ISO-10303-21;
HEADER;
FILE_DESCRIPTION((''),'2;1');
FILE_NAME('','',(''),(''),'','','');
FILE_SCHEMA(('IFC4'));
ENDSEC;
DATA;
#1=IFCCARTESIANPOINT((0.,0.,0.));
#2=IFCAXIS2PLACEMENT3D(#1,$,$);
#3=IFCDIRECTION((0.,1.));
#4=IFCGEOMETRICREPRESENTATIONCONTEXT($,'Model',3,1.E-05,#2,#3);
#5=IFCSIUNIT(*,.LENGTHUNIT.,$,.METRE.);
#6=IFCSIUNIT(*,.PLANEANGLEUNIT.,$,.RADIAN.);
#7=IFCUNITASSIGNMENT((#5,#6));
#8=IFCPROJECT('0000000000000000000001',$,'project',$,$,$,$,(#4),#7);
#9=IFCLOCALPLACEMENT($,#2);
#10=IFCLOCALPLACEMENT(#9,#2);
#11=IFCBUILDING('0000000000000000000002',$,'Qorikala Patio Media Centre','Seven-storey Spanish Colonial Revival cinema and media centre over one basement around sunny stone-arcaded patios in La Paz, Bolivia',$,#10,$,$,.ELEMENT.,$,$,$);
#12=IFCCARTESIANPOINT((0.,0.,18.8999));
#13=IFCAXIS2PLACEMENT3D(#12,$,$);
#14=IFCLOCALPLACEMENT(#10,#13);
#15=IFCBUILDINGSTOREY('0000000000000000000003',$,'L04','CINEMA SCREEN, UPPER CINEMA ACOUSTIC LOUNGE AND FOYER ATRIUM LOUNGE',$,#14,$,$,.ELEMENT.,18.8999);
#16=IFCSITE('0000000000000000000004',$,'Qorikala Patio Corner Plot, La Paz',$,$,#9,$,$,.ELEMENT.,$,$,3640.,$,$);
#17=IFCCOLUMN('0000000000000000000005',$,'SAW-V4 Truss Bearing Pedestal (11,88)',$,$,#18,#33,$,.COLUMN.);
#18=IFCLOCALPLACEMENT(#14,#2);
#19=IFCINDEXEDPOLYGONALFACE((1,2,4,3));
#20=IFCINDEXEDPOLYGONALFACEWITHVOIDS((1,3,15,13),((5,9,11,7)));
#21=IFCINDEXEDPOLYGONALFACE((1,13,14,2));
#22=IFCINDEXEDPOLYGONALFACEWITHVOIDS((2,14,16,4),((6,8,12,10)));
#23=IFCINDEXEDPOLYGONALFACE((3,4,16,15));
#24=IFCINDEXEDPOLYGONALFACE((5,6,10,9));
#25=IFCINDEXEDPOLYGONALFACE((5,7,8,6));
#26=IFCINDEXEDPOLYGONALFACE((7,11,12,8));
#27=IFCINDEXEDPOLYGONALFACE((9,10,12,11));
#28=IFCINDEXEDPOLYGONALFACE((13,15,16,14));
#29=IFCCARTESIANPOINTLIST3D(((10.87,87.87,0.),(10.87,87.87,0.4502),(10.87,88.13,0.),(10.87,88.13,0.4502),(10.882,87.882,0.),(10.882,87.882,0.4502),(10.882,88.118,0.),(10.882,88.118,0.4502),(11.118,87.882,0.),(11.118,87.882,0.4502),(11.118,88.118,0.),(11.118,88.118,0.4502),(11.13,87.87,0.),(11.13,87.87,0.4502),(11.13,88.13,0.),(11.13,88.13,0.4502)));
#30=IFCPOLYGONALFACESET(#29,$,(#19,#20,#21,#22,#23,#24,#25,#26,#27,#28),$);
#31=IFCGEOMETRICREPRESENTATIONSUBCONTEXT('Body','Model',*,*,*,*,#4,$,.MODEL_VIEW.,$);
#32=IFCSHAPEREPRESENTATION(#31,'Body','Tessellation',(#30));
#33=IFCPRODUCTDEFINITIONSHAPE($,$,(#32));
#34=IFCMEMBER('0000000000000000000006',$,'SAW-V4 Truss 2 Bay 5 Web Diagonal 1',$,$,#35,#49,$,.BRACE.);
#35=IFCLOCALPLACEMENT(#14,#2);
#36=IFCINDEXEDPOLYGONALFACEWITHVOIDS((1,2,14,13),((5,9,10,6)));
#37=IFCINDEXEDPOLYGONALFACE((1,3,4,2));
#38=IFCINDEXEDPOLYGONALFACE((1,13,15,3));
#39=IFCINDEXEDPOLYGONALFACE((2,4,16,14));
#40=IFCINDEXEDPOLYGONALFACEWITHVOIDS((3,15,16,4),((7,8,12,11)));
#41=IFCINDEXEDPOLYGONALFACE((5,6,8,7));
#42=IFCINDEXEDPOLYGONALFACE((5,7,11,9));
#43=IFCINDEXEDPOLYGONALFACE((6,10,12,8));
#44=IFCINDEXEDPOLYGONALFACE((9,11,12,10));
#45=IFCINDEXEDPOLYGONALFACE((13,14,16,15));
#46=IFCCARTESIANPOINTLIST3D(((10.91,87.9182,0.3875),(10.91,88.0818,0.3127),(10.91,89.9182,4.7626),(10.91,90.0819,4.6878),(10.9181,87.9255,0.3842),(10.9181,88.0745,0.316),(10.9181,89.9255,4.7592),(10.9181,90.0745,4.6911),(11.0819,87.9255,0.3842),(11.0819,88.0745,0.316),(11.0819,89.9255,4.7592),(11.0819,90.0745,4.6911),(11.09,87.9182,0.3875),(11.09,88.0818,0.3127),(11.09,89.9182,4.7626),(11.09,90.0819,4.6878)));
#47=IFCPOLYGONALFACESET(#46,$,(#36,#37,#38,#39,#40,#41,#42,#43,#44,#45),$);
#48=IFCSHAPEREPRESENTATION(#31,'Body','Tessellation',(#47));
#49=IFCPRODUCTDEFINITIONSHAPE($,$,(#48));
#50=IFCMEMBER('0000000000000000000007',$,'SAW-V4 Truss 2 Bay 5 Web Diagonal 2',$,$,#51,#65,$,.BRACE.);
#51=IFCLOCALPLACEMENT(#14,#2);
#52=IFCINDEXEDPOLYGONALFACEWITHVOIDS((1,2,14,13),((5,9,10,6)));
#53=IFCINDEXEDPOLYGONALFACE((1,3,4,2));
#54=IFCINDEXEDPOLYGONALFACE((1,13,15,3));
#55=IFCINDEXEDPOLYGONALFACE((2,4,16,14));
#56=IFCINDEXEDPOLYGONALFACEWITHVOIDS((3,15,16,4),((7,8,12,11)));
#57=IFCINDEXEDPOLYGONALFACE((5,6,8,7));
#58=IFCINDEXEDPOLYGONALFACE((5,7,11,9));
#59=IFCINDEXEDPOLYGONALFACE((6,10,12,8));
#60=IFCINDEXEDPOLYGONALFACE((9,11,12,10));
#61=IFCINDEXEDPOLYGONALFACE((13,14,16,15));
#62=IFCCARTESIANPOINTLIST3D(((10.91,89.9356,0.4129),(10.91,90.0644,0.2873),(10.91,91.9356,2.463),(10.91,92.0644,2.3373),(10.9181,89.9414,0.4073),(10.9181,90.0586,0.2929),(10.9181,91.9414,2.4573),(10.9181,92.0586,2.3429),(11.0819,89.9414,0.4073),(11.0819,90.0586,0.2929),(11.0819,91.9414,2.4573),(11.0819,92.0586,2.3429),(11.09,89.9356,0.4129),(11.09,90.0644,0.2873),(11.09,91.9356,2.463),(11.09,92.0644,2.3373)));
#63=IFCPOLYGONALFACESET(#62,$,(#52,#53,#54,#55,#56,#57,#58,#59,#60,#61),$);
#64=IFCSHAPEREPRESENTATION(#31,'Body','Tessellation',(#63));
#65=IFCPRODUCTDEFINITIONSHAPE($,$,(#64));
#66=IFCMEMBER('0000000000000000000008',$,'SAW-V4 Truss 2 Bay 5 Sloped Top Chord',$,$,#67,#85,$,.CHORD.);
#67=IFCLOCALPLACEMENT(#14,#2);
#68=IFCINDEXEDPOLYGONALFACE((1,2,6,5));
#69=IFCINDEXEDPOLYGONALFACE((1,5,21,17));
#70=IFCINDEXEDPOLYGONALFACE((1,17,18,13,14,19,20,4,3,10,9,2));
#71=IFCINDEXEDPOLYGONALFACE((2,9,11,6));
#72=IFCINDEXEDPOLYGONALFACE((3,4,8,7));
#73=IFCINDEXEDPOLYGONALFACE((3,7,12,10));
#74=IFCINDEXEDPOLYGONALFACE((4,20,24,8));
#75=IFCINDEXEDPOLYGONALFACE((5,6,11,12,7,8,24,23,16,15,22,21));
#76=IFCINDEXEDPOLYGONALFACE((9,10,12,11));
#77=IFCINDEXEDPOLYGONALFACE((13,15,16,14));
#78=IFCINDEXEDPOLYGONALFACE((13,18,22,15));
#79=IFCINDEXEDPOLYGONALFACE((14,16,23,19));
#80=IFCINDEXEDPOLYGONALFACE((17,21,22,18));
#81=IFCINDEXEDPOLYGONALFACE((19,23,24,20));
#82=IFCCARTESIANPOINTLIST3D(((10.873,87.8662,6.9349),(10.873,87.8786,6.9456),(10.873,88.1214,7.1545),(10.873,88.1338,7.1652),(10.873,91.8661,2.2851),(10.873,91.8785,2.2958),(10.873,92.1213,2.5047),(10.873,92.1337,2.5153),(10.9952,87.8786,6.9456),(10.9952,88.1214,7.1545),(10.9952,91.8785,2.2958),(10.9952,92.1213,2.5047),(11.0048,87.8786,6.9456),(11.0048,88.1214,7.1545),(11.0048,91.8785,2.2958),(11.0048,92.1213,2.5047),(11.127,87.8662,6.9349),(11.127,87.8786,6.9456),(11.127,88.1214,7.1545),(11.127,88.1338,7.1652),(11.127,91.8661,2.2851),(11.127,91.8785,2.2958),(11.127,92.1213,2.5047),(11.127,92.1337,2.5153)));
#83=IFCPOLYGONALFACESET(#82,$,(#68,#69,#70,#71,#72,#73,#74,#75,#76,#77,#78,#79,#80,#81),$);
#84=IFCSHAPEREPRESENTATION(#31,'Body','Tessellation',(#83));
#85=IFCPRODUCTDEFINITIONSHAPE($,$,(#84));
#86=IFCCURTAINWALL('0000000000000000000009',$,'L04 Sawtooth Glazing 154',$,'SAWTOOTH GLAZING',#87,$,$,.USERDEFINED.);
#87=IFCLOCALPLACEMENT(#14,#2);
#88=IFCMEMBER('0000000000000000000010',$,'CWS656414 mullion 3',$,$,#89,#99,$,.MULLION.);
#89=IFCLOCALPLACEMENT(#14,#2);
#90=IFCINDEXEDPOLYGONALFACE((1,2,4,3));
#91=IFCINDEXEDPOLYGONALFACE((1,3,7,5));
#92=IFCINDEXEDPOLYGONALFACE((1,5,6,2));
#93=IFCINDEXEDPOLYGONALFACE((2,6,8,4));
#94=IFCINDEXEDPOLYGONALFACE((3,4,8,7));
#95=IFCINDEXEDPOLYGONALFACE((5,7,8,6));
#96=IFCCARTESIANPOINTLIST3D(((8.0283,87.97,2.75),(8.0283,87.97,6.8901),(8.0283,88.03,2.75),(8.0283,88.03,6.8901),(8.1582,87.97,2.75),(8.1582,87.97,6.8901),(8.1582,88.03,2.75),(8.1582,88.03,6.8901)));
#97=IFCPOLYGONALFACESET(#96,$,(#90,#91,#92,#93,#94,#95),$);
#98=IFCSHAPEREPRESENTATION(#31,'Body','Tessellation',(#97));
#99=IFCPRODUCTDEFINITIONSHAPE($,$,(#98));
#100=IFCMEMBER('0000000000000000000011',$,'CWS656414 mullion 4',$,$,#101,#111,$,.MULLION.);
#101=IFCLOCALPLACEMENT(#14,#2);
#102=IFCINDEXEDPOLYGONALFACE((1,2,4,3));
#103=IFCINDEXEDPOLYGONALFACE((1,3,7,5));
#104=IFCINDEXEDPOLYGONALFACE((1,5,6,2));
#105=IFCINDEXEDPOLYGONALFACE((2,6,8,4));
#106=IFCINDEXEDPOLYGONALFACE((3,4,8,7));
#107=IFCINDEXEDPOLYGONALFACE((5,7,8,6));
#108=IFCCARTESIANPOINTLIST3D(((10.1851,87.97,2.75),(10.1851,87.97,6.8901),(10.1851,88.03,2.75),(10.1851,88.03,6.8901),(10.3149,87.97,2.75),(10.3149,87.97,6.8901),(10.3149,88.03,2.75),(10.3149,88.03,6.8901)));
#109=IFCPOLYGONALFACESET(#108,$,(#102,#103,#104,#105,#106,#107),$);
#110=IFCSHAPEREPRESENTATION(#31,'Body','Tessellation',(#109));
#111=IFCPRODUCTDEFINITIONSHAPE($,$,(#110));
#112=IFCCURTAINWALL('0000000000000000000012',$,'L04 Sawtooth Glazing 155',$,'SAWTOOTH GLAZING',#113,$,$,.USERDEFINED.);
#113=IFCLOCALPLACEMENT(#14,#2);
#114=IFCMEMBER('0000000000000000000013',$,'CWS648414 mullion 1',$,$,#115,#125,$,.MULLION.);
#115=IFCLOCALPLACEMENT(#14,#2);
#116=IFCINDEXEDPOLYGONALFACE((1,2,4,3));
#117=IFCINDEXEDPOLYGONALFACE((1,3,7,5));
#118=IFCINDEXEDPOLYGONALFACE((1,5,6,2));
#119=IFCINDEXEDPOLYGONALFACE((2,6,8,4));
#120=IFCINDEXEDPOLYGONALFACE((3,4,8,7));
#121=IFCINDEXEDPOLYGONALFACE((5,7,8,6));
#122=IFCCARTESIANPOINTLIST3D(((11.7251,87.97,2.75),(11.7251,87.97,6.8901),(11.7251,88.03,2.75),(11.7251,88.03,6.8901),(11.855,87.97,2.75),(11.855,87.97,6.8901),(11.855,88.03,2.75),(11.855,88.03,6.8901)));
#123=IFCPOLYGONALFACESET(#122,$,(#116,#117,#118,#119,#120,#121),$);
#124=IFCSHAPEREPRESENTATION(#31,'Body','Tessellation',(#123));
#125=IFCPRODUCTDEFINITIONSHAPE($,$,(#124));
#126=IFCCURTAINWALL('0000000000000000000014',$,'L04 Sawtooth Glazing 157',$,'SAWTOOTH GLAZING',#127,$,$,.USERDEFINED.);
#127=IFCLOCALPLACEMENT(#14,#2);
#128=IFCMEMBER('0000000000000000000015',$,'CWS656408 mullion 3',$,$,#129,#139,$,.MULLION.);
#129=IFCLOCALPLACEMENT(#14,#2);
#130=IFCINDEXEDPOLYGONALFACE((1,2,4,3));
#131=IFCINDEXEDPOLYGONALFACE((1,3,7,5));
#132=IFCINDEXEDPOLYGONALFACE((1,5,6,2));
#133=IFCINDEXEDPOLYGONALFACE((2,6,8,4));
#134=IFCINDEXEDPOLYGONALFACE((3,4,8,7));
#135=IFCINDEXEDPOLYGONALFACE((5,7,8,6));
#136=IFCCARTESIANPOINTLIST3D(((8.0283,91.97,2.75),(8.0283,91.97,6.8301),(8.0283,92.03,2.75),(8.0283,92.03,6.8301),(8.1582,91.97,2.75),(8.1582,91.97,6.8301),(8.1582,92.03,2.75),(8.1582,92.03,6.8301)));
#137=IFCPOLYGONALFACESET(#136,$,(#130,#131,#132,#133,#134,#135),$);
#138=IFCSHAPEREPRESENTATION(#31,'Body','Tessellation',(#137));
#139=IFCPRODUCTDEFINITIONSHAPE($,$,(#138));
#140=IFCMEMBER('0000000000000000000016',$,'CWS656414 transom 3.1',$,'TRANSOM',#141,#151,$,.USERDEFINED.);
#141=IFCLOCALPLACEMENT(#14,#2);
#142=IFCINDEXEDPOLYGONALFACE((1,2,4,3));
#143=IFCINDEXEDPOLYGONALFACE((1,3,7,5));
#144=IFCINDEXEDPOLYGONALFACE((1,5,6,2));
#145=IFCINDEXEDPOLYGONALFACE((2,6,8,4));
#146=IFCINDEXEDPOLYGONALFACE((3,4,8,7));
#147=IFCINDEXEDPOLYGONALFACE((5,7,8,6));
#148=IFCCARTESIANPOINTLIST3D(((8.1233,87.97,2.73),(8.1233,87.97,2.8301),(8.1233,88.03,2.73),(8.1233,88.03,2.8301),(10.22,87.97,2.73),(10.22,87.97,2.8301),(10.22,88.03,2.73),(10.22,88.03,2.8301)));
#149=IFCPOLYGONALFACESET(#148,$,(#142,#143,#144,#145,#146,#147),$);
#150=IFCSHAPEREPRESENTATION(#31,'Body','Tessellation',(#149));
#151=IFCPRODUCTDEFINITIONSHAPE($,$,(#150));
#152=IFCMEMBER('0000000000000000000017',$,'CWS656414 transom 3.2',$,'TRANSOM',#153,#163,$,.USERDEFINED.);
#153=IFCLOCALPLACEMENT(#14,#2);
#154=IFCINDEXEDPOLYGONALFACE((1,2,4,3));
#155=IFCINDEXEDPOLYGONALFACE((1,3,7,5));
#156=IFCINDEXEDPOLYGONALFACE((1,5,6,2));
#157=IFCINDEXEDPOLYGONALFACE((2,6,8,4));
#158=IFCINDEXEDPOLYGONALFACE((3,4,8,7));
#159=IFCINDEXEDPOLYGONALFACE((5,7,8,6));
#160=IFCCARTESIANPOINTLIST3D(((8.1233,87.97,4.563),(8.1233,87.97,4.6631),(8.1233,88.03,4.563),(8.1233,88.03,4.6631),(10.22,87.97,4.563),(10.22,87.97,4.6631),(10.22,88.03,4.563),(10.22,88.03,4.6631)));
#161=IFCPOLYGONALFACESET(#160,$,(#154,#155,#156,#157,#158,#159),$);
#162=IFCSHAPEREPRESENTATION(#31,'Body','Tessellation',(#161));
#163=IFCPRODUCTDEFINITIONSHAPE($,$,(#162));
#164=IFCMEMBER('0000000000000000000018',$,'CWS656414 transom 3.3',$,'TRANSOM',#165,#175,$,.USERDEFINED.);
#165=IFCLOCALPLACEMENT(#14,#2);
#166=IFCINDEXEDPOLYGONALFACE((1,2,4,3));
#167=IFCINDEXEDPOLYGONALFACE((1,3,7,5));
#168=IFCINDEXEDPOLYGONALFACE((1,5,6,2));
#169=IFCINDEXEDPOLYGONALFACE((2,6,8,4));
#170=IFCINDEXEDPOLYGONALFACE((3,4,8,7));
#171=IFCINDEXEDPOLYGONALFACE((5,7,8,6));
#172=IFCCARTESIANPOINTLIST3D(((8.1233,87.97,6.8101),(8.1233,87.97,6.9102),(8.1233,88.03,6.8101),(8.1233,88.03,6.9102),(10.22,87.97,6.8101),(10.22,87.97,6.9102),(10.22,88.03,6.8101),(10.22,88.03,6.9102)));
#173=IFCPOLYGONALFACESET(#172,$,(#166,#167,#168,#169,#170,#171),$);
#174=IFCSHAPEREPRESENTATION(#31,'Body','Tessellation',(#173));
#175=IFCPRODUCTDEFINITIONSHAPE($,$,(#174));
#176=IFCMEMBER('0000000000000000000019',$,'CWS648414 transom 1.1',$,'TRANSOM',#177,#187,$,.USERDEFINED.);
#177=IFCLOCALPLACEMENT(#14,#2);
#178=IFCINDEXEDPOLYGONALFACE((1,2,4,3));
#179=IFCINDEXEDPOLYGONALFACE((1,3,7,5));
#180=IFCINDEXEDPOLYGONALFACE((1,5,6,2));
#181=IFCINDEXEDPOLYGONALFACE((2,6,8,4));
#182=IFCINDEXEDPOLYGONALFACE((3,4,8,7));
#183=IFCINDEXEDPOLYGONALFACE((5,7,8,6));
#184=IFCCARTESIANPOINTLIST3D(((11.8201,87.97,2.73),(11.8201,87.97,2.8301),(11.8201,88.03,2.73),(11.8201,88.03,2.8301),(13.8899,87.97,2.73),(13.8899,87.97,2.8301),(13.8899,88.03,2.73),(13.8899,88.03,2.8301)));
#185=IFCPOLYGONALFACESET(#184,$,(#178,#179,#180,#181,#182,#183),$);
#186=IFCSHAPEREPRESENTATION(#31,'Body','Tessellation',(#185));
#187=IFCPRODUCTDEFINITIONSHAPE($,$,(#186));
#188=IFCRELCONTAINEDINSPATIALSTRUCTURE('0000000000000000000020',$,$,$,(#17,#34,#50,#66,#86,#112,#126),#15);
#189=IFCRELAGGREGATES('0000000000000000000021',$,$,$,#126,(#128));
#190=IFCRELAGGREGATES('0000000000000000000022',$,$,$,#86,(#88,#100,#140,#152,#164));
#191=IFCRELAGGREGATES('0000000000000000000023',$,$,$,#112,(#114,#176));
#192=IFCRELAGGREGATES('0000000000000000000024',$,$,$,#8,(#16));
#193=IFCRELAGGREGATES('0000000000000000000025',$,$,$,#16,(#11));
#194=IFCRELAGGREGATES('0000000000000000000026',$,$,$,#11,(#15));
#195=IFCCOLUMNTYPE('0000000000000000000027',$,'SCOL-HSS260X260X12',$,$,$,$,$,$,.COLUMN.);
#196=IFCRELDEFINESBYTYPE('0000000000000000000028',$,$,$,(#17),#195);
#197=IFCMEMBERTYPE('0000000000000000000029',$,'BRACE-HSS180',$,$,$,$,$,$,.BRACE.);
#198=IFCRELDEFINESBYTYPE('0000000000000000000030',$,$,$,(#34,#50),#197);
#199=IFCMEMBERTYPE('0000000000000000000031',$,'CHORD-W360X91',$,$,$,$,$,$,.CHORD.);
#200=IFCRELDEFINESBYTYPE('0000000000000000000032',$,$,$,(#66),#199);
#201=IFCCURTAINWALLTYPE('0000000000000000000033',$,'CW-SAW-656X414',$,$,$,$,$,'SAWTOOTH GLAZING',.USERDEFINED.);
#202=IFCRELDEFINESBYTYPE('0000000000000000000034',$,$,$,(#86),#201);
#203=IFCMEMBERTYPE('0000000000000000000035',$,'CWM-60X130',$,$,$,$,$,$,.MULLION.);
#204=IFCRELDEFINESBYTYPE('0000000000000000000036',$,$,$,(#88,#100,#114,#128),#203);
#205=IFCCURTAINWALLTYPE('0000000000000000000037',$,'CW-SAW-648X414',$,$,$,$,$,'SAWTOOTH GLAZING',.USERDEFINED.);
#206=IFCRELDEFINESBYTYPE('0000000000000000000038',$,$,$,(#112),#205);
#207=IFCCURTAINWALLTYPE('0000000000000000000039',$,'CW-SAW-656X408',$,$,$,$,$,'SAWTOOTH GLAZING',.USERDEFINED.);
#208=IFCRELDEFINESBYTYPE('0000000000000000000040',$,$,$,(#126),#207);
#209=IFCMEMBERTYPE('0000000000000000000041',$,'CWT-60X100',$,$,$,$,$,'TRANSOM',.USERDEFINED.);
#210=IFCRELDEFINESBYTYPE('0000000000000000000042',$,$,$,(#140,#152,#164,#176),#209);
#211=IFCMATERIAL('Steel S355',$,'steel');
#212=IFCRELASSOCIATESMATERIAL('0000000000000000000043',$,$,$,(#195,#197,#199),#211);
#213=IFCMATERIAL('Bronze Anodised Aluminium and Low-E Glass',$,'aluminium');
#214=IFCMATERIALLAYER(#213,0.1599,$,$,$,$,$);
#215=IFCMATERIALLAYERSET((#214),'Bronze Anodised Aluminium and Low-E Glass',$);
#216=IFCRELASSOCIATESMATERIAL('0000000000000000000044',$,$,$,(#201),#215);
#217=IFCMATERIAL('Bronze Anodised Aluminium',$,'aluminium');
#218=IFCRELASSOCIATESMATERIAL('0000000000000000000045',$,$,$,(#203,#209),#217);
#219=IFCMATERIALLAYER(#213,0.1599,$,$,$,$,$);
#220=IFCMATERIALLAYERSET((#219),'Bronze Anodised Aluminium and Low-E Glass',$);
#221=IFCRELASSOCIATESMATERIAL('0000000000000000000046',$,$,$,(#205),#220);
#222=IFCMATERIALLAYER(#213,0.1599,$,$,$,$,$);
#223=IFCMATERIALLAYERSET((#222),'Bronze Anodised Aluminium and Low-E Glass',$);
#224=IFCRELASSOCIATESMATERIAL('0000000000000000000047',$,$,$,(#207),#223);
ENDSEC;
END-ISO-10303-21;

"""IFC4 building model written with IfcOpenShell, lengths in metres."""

from ifc_helpers import new_model, si_unit, direction, frame, origin, origin_2d, place, context, subcontext, project, spatial, rectangle, hollow_rectangle, i_section, extrude, material, layer, layer_set, material_profile, profile_set, type_object, element, aggregate, save


model = new_model("IFC4")

# Units and contexts
model_context = context("Model", 3, precision=1e-05, world=origin(), true_north=direction((0.0, 1.0)))
body_context = subcontext(model_context, "Body", "Model", "MODEL_VIEW")
ifc_project = project(units=[si_unit("LENGTHUNIT", "METRE"), si_unit("PLANEANGLEUNIT", "RADIAN")], contexts=[model_context])

# Site, building, storey
site_placement = place(None, origin())
site = spatial("IfcSite", under=ifc_project, at=site_placement, Name="Qorikala Patio Corner Plot, La Paz", CompositionType="ELEMENT", RefElevation=3640.0)
building_placement = place(site_placement, origin())
building = spatial("IfcBuilding", under=site, at=building_placement, Name="Qorikala Patio Media Centre", Description="Seven-storey Spanish Colonial Revival cinema and media centre over one basement around sunny stone-arcaded patios in La Paz, Bolivia", CompositionType="ELEMENT")
storey_placement = place(building_placement, frame((0.0, 0.0, 18.8999)))
storey = spatial("IfcBuildingStorey", under=building, at=storey_placement, Name="L04", Description="CINEMA SCREEN, UPPER CINEMA ACOUSTIC LOUNGE AND FOYER ATRIUM LOUNGE", CompositionType="ELEMENT", Elevation=18.8999)

# Column
ifc_material_1 = material(Name="Steel S355", Category="steel")
ifc_material_profile_1 = material_profile(ifc_material_1, hollow_rectangle(XDim=0.26, YDim=0.26, WallThickness=0.012, at=origin_2d()), Name="HSS260X260X12")
ifc_profile_set_1 = profile_set([ifc_material_profile_1], Name="Steel S355")
column_type = type_object("IfcColumnType", Name="SCOL-HSS260X260X12", PredefinedType="COLUMN", material=ifc_profile_set_1)
column_placement = place(storey_placement, frame((11.0, 88.0, 0.0), z_axis=(0.0, 0.0, 1.0), x_axis=(1.0, 0.0, 0.0)))
element("IfcColumn", 1, at=column_placement, inside=storey, type_object=column_type, Name="SAW-V4 Truss Bearing Pedestal (11,88)", PredefinedType="COLUMN", context=body_context, shape_type="SweptSolid", body=[
    extrude(hollow_rectangle(XDim=0.26, YDim=0.26, WallThickness=0.012, at=origin_2d()), origin(), (0.0, 0.0, 1.0), 0.4502),
])

# Members
ifc_material_profile_2 = material_profile(ifc_material_1, hollow_rectangle(XDim=0.1799, YDim=0.1799, WallThickness=0.0081, at=origin_2d()), Name="HSS180X180X8")
ifc_profile_set_2 = profile_set([ifc_material_profile_2], Name="Steel S355")
member_type_1 = type_object("IfcMemberType", Name="BRACE-HSS180", PredefinedType="BRACE", material=ifc_profile_set_2)
member_1_placement = place(storey_placement, frame((11.0, 88.0, 0.3501), z_axis=(0.0, 0.41576, 0.909474), x_axis=(-1.0, 0.0, 0.0)))
element("IfcMember", 2, at=member_1_placement, inside=storey, type_object=member_type_1, Name="SAW-V4 Truss 2 Bay 5 Web Diagonal 1", PredefinedType="BRACE", context=body_context, shape_type="SweptSolid", body=[
    extrude(hollow_rectangle(XDim=0.1799, YDim=0.1799, WallThickness=0.0081, at=origin_2d()), origin(), (0.0, 0.0, 1.0), 4.8105),
])
member_2_placement = place(storey_placement, frame((11.0, 90.0, 0.3501), z_axis=(0.0, 0.698315, 0.71579), x_axis=(-1.0, 0.0, 0.0)))
element("IfcMember", 3, at=member_2_placement, inside=storey, type_object=member_type_1, Name="SAW-V4 Truss 2 Bay 5 Web Diagonal 2", PredefinedType="BRACE", context=body_context, shape_type="SweptSolid", body=[
    extrude(hollow_rectangle(XDim=0.1799, YDim=0.1799, WallThickness=0.0081, at=origin_2d()), origin(), (0.0, 0.0, 1.0), 2.864),
])
ifc_material_profile_3 = material_profile(ifc_material_1, i_section(OverallWidth=0.2539, OverallDepth=0.353, WebThickness=0.0095, FlangeThickness=0.0164, at=origin_2d()), Name="W360X91")
ifc_profile_set_3 = profile_set([ifc_material_profile_3], Name="Steel S355")
member_type_2 = type_object("IfcMemberType", Name="CHORD-W360X91", PredefinedType="CHORD", material=ifc_profile_set_3)
member_3_placement = place(storey_placement, frame((11.0, 88.0, 7.05), z_axis=(0.0, 0.652141, -0.758098), x_axis=(-1.0, 0.0, 0.0)))
element("IfcMember", 4, at=member_3_placement, inside=storey, type_object=member_type_2, Name="SAW-V4 Truss 2 Bay 5 Sloped Top Chord", PredefinedType="CHORD", context=body_context, shape_type="SweptSolid", body=[
    extrude(i_section(OverallWidth=0.2539, OverallDepth=0.353, WebThickness=0.0095, FlangeThickness=0.0164, at=origin_2d()), origin(), (0.0, 0.0, 1.0), 6.1335),
])

# Curtain wall, members
ifc_material_2 = material(Name="Bronze Anodised Aluminium and Low-E Glass", Category="aluminium")
ifc_layer_1 = layer(ifc_material_2, 0.1599)
ifc_layer_set_1 = layer_set([ifc_layer_1], Name="Bronze Anodised Aluminium and Low-E Glass")
curtain_wall_type_1 = type_object("IfcCurtainWallType", Name="CW-SAW-656X414", ElementType="SAWTOOTH GLAZING", PredefinedType="USERDEFINED", material=ifc_layer_set_1)
curtain_wall_1_placement = place(storey_placement, origin())
curtain_wall_1 = element("IfcCurtainWall", 5, at=curtain_wall_1_placement, inside=storey, type_object=curtain_wall_type_1, Name="L04 Sawtooth Glazing 154", ObjectType="SAWTOOTH GLAZING", PredefinedType="USERDEFINED")
ifc_material_3 = material(Name="Bronze Anodised Aluminium", Category="aluminium")
ifc_material_profile_4 = material_profile(ifc_material_3, rectangle(XDim=0.0601, YDim=0.1299, at=origin_2d()), Name="ALU MULLION 60x130")
ifc_profile_set_4 = profile_set([ifc_material_profile_4], Name="Bronze Anodised Aluminium")
member_type_3 = type_object("IfcMemberType", Name="CWM-60X130", PredefinedType="MULLION", material=ifc_profile_set_4)
member_4_placement = place(storey_placement, frame((8.0933, 88.0, 2.75), z_axis=(0.0, 0.0, 1.0), x_axis=(0.0, 1.0, 0.0)))
member_4 = element("IfcMember", 6, at=member_4_placement, type_object=member_type_3, Name="CWS656414 mullion 3", PredefinedType="MULLION", context=body_context, shape_type="SweptSolid", body=[
    extrude(rectangle(XDim=0.0601, YDim=0.1299, at=origin_2d()), origin(), (0.0, 0.0, 1.0), 4.1401),
])
member_5_placement = place(storey_placement, frame((10.25, 88.0, 2.75), z_axis=(0.0, 0.0, 1.0), x_axis=(0.0, 1.0, 0.0)))
member_5 = element("IfcMember", 7, at=member_5_placement, type_object=member_type_3, Name="CWS656414 mullion 4", PredefinedType="MULLION", context=body_context, shape_type="SweptSolid", body=[
    extrude(rectangle(XDim=0.0601, YDim=0.1299, at=origin_2d()), origin(), (0.0, 0.0, 1.0), 4.1401),
])

# Curtain walls, members
ifc_layer_2 = layer(ifc_material_2, 0.1599)
ifc_layer_set_2 = layer_set([ifc_layer_2], Name="Bronze Anodised Aluminium and Low-E Glass")
curtain_wall_type_2 = type_object("IfcCurtainWallType", Name="CW-SAW-648X414", ElementType="SAWTOOTH GLAZING", PredefinedType="USERDEFINED", material=ifc_layer_set_2)
curtain_wall_2_placement = place(storey_placement, origin())
curtain_wall_2 = element("IfcCurtainWall", 8, at=curtain_wall_2_placement, inside=storey, type_object=curtain_wall_type_2, Name="L04 Sawtooth Glazing 155", ObjectType="SAWTOOTH GLAZING", PredefinedType="USERDEFINED")
member_6_placement = place(storey_placement, frame((11.79, 88.0, 2.75), z_axis=(0.0, 0.0, 1.0), x_axis=(0.0, 1.0, 0.0)))
member_6 = element("IfcMember", 9, at=member_6_placement, type_object=member_type_3, Name="CWS648414 mullion 1", PredefinedType="MULLION", context=body_context, shape_type="SweptSolid", body=[
    extrude(rectangle(XDim=0.0601, YDim=0.1299, at=origin_2d()), origin(), (0.0, 0.0, 1.0), 4.1401),
])
ifc_layer_3 = layer(ifc_material_2, 0.1599)
ifc_layer_set_3 = layer_set([ifc_layer_3], Name="Bronze Anodised Aluminium and Low-E Glass")
curtain_wall_type_3 = type_object("IfcCurtainWallType", Name="CW-SAW-656X408", ElementType="SAWTOOTH GLAZING", PredefinedType="USERDEFINED", material=ifc_layer_set_3)
curtain_wall_3_placement = place(storey_placement, origin())
curtain_wall_3 = element("IfcCurtainWall", 10, at=curtain_wall_3_placement, inside=storey, type_object=curtain_wall_type_3, Name="L04 Sawtooth Glazing 157", ObjectType="SAWTOOTH GLAZING", PredefinedType="USERDEFINED")
member_7_placement = place(storey_placement, frame((8.0933, 92.0, 2.75), z_axis=(0.0, 0.0, 1.0), x_axis=(0.0, 1.0, 0.0)))
member_7 = element("IfcMember", 11, at=member_7_placement, type_object=member_type_3, Name="CWS656408 mullion 3", PredefinedType="MULLION", context=body_context, shape_type="SweptSolid", body=[
    extrude(rectangle(XDim=0.0601, YDim=0.1299, at=origin_2d()), origin(), (0.0, 0.0, 1.0), 4.0801),
])
aggregate(curtain_wall_3, [member_7])

# Members
ifc_material_profile_5 = material_profile(ifc_material_3, rectangle(XDim=0.0601, YDim=0.1001, at=origin_2d()), Name="ALU TRANSOM 60x100")
ifc_profile_set_5 = profile_set([ifc_material_profile_5], Name="Bronze Anodised Aluminium")
member_type_4 = type_object("IfcMemberType", Name="CWT-60X100", ElementType="TRANSOM", PredefinedType="USERDEFINED", material=ifc_profile_set_5)
member_8_placement = place(storey_placement, frame((8.1233, 88.0, 2.78), z_axis=(1.0, 0.0, 0.0), x_axis=(0.0, 1.0, 0.0)))
member_8 = element("IfcMember", 12, at=member_8_placement, type_object=member_type_4, Name="CWS656414 transom 3.1", ObjectType="TRANSOM", PredefinedType="USERDEFINED", context=body_context, shape_type="SweptSolid", body=[
    extrude(rectangle(XDim=0.0601, YDim=0.1001, at=origin_2d()), origin(), (0.0, 0.0, 1.0), 2.0967),
])
member_9_placement = place(storey_placement, frame((8.1233, 88.0, 4.613), z_axis=(1.0, 0.0, 0.0), x_axis=(0.0, 1.0, 0.0)))
member_9 = element("IfcMember", 13, at=member_9_placement, type_object=member_type_4, Name="CWS656414 transom 3.2", ObjectType="TRANSOM", PredefinedType="USERDEFINED", context=body_context, shape_type="SweptSolid", body=[
    extrude(rectangle(XDim=0.0601, YDim=0.1001, at=origin_2d()), origin(), (0.0, 0.0, 1.0), 2.0967),
])
member_10_placement = place(storey_placement, frame((8.1233, 88.0, 6.8601), z_axis=(1.0, 0.0, 0.0), x_axis=(0.0, 1.0, 0.0)))
member_10 = element("IfcMember", 14, at=member_10_placement, type_object=member_type_4, Name="CWS656414 transom 3.3", ObjectType="TRANSOM", PredefinedType="USERDEFINED", context=body_context, shape_type="SweptSolid", body=[
    extrude(rectangle(XDim=0.0601, YDim=0.1001, at=origin_2d()), origin(), (0.0, 0.0, 1.0), 2.0967),
])
member_11_placement = place(storey_placement, frame((11.8201, 88.0, 2.78), z_axis=(1.0, 0.0, 0.0), x_axis=(0.0, 1.0, 0.0)))
member_11 = element("IfcMember", 15, at=member_11_placement, type_object=member_type_4, Name="CWS648414 transom 1.1", ObjectType="TRANSOM", PredefinedType="USERDEFINED", context=body_context, shape_type="SweptSolid", body=[
    extrude(rectangle(XDim=0.0601, YDim=0.1001, at=origin_2d()), origin(), (0.0, 0.0, 1.0), 2.0698),
])

aggregate(curtain_wall_1, [member_4, member_5, member_8, member_9, member_10])
aggregate(curtain_wall_2, [member_6, member_11])

save(model, "model.ifc")
